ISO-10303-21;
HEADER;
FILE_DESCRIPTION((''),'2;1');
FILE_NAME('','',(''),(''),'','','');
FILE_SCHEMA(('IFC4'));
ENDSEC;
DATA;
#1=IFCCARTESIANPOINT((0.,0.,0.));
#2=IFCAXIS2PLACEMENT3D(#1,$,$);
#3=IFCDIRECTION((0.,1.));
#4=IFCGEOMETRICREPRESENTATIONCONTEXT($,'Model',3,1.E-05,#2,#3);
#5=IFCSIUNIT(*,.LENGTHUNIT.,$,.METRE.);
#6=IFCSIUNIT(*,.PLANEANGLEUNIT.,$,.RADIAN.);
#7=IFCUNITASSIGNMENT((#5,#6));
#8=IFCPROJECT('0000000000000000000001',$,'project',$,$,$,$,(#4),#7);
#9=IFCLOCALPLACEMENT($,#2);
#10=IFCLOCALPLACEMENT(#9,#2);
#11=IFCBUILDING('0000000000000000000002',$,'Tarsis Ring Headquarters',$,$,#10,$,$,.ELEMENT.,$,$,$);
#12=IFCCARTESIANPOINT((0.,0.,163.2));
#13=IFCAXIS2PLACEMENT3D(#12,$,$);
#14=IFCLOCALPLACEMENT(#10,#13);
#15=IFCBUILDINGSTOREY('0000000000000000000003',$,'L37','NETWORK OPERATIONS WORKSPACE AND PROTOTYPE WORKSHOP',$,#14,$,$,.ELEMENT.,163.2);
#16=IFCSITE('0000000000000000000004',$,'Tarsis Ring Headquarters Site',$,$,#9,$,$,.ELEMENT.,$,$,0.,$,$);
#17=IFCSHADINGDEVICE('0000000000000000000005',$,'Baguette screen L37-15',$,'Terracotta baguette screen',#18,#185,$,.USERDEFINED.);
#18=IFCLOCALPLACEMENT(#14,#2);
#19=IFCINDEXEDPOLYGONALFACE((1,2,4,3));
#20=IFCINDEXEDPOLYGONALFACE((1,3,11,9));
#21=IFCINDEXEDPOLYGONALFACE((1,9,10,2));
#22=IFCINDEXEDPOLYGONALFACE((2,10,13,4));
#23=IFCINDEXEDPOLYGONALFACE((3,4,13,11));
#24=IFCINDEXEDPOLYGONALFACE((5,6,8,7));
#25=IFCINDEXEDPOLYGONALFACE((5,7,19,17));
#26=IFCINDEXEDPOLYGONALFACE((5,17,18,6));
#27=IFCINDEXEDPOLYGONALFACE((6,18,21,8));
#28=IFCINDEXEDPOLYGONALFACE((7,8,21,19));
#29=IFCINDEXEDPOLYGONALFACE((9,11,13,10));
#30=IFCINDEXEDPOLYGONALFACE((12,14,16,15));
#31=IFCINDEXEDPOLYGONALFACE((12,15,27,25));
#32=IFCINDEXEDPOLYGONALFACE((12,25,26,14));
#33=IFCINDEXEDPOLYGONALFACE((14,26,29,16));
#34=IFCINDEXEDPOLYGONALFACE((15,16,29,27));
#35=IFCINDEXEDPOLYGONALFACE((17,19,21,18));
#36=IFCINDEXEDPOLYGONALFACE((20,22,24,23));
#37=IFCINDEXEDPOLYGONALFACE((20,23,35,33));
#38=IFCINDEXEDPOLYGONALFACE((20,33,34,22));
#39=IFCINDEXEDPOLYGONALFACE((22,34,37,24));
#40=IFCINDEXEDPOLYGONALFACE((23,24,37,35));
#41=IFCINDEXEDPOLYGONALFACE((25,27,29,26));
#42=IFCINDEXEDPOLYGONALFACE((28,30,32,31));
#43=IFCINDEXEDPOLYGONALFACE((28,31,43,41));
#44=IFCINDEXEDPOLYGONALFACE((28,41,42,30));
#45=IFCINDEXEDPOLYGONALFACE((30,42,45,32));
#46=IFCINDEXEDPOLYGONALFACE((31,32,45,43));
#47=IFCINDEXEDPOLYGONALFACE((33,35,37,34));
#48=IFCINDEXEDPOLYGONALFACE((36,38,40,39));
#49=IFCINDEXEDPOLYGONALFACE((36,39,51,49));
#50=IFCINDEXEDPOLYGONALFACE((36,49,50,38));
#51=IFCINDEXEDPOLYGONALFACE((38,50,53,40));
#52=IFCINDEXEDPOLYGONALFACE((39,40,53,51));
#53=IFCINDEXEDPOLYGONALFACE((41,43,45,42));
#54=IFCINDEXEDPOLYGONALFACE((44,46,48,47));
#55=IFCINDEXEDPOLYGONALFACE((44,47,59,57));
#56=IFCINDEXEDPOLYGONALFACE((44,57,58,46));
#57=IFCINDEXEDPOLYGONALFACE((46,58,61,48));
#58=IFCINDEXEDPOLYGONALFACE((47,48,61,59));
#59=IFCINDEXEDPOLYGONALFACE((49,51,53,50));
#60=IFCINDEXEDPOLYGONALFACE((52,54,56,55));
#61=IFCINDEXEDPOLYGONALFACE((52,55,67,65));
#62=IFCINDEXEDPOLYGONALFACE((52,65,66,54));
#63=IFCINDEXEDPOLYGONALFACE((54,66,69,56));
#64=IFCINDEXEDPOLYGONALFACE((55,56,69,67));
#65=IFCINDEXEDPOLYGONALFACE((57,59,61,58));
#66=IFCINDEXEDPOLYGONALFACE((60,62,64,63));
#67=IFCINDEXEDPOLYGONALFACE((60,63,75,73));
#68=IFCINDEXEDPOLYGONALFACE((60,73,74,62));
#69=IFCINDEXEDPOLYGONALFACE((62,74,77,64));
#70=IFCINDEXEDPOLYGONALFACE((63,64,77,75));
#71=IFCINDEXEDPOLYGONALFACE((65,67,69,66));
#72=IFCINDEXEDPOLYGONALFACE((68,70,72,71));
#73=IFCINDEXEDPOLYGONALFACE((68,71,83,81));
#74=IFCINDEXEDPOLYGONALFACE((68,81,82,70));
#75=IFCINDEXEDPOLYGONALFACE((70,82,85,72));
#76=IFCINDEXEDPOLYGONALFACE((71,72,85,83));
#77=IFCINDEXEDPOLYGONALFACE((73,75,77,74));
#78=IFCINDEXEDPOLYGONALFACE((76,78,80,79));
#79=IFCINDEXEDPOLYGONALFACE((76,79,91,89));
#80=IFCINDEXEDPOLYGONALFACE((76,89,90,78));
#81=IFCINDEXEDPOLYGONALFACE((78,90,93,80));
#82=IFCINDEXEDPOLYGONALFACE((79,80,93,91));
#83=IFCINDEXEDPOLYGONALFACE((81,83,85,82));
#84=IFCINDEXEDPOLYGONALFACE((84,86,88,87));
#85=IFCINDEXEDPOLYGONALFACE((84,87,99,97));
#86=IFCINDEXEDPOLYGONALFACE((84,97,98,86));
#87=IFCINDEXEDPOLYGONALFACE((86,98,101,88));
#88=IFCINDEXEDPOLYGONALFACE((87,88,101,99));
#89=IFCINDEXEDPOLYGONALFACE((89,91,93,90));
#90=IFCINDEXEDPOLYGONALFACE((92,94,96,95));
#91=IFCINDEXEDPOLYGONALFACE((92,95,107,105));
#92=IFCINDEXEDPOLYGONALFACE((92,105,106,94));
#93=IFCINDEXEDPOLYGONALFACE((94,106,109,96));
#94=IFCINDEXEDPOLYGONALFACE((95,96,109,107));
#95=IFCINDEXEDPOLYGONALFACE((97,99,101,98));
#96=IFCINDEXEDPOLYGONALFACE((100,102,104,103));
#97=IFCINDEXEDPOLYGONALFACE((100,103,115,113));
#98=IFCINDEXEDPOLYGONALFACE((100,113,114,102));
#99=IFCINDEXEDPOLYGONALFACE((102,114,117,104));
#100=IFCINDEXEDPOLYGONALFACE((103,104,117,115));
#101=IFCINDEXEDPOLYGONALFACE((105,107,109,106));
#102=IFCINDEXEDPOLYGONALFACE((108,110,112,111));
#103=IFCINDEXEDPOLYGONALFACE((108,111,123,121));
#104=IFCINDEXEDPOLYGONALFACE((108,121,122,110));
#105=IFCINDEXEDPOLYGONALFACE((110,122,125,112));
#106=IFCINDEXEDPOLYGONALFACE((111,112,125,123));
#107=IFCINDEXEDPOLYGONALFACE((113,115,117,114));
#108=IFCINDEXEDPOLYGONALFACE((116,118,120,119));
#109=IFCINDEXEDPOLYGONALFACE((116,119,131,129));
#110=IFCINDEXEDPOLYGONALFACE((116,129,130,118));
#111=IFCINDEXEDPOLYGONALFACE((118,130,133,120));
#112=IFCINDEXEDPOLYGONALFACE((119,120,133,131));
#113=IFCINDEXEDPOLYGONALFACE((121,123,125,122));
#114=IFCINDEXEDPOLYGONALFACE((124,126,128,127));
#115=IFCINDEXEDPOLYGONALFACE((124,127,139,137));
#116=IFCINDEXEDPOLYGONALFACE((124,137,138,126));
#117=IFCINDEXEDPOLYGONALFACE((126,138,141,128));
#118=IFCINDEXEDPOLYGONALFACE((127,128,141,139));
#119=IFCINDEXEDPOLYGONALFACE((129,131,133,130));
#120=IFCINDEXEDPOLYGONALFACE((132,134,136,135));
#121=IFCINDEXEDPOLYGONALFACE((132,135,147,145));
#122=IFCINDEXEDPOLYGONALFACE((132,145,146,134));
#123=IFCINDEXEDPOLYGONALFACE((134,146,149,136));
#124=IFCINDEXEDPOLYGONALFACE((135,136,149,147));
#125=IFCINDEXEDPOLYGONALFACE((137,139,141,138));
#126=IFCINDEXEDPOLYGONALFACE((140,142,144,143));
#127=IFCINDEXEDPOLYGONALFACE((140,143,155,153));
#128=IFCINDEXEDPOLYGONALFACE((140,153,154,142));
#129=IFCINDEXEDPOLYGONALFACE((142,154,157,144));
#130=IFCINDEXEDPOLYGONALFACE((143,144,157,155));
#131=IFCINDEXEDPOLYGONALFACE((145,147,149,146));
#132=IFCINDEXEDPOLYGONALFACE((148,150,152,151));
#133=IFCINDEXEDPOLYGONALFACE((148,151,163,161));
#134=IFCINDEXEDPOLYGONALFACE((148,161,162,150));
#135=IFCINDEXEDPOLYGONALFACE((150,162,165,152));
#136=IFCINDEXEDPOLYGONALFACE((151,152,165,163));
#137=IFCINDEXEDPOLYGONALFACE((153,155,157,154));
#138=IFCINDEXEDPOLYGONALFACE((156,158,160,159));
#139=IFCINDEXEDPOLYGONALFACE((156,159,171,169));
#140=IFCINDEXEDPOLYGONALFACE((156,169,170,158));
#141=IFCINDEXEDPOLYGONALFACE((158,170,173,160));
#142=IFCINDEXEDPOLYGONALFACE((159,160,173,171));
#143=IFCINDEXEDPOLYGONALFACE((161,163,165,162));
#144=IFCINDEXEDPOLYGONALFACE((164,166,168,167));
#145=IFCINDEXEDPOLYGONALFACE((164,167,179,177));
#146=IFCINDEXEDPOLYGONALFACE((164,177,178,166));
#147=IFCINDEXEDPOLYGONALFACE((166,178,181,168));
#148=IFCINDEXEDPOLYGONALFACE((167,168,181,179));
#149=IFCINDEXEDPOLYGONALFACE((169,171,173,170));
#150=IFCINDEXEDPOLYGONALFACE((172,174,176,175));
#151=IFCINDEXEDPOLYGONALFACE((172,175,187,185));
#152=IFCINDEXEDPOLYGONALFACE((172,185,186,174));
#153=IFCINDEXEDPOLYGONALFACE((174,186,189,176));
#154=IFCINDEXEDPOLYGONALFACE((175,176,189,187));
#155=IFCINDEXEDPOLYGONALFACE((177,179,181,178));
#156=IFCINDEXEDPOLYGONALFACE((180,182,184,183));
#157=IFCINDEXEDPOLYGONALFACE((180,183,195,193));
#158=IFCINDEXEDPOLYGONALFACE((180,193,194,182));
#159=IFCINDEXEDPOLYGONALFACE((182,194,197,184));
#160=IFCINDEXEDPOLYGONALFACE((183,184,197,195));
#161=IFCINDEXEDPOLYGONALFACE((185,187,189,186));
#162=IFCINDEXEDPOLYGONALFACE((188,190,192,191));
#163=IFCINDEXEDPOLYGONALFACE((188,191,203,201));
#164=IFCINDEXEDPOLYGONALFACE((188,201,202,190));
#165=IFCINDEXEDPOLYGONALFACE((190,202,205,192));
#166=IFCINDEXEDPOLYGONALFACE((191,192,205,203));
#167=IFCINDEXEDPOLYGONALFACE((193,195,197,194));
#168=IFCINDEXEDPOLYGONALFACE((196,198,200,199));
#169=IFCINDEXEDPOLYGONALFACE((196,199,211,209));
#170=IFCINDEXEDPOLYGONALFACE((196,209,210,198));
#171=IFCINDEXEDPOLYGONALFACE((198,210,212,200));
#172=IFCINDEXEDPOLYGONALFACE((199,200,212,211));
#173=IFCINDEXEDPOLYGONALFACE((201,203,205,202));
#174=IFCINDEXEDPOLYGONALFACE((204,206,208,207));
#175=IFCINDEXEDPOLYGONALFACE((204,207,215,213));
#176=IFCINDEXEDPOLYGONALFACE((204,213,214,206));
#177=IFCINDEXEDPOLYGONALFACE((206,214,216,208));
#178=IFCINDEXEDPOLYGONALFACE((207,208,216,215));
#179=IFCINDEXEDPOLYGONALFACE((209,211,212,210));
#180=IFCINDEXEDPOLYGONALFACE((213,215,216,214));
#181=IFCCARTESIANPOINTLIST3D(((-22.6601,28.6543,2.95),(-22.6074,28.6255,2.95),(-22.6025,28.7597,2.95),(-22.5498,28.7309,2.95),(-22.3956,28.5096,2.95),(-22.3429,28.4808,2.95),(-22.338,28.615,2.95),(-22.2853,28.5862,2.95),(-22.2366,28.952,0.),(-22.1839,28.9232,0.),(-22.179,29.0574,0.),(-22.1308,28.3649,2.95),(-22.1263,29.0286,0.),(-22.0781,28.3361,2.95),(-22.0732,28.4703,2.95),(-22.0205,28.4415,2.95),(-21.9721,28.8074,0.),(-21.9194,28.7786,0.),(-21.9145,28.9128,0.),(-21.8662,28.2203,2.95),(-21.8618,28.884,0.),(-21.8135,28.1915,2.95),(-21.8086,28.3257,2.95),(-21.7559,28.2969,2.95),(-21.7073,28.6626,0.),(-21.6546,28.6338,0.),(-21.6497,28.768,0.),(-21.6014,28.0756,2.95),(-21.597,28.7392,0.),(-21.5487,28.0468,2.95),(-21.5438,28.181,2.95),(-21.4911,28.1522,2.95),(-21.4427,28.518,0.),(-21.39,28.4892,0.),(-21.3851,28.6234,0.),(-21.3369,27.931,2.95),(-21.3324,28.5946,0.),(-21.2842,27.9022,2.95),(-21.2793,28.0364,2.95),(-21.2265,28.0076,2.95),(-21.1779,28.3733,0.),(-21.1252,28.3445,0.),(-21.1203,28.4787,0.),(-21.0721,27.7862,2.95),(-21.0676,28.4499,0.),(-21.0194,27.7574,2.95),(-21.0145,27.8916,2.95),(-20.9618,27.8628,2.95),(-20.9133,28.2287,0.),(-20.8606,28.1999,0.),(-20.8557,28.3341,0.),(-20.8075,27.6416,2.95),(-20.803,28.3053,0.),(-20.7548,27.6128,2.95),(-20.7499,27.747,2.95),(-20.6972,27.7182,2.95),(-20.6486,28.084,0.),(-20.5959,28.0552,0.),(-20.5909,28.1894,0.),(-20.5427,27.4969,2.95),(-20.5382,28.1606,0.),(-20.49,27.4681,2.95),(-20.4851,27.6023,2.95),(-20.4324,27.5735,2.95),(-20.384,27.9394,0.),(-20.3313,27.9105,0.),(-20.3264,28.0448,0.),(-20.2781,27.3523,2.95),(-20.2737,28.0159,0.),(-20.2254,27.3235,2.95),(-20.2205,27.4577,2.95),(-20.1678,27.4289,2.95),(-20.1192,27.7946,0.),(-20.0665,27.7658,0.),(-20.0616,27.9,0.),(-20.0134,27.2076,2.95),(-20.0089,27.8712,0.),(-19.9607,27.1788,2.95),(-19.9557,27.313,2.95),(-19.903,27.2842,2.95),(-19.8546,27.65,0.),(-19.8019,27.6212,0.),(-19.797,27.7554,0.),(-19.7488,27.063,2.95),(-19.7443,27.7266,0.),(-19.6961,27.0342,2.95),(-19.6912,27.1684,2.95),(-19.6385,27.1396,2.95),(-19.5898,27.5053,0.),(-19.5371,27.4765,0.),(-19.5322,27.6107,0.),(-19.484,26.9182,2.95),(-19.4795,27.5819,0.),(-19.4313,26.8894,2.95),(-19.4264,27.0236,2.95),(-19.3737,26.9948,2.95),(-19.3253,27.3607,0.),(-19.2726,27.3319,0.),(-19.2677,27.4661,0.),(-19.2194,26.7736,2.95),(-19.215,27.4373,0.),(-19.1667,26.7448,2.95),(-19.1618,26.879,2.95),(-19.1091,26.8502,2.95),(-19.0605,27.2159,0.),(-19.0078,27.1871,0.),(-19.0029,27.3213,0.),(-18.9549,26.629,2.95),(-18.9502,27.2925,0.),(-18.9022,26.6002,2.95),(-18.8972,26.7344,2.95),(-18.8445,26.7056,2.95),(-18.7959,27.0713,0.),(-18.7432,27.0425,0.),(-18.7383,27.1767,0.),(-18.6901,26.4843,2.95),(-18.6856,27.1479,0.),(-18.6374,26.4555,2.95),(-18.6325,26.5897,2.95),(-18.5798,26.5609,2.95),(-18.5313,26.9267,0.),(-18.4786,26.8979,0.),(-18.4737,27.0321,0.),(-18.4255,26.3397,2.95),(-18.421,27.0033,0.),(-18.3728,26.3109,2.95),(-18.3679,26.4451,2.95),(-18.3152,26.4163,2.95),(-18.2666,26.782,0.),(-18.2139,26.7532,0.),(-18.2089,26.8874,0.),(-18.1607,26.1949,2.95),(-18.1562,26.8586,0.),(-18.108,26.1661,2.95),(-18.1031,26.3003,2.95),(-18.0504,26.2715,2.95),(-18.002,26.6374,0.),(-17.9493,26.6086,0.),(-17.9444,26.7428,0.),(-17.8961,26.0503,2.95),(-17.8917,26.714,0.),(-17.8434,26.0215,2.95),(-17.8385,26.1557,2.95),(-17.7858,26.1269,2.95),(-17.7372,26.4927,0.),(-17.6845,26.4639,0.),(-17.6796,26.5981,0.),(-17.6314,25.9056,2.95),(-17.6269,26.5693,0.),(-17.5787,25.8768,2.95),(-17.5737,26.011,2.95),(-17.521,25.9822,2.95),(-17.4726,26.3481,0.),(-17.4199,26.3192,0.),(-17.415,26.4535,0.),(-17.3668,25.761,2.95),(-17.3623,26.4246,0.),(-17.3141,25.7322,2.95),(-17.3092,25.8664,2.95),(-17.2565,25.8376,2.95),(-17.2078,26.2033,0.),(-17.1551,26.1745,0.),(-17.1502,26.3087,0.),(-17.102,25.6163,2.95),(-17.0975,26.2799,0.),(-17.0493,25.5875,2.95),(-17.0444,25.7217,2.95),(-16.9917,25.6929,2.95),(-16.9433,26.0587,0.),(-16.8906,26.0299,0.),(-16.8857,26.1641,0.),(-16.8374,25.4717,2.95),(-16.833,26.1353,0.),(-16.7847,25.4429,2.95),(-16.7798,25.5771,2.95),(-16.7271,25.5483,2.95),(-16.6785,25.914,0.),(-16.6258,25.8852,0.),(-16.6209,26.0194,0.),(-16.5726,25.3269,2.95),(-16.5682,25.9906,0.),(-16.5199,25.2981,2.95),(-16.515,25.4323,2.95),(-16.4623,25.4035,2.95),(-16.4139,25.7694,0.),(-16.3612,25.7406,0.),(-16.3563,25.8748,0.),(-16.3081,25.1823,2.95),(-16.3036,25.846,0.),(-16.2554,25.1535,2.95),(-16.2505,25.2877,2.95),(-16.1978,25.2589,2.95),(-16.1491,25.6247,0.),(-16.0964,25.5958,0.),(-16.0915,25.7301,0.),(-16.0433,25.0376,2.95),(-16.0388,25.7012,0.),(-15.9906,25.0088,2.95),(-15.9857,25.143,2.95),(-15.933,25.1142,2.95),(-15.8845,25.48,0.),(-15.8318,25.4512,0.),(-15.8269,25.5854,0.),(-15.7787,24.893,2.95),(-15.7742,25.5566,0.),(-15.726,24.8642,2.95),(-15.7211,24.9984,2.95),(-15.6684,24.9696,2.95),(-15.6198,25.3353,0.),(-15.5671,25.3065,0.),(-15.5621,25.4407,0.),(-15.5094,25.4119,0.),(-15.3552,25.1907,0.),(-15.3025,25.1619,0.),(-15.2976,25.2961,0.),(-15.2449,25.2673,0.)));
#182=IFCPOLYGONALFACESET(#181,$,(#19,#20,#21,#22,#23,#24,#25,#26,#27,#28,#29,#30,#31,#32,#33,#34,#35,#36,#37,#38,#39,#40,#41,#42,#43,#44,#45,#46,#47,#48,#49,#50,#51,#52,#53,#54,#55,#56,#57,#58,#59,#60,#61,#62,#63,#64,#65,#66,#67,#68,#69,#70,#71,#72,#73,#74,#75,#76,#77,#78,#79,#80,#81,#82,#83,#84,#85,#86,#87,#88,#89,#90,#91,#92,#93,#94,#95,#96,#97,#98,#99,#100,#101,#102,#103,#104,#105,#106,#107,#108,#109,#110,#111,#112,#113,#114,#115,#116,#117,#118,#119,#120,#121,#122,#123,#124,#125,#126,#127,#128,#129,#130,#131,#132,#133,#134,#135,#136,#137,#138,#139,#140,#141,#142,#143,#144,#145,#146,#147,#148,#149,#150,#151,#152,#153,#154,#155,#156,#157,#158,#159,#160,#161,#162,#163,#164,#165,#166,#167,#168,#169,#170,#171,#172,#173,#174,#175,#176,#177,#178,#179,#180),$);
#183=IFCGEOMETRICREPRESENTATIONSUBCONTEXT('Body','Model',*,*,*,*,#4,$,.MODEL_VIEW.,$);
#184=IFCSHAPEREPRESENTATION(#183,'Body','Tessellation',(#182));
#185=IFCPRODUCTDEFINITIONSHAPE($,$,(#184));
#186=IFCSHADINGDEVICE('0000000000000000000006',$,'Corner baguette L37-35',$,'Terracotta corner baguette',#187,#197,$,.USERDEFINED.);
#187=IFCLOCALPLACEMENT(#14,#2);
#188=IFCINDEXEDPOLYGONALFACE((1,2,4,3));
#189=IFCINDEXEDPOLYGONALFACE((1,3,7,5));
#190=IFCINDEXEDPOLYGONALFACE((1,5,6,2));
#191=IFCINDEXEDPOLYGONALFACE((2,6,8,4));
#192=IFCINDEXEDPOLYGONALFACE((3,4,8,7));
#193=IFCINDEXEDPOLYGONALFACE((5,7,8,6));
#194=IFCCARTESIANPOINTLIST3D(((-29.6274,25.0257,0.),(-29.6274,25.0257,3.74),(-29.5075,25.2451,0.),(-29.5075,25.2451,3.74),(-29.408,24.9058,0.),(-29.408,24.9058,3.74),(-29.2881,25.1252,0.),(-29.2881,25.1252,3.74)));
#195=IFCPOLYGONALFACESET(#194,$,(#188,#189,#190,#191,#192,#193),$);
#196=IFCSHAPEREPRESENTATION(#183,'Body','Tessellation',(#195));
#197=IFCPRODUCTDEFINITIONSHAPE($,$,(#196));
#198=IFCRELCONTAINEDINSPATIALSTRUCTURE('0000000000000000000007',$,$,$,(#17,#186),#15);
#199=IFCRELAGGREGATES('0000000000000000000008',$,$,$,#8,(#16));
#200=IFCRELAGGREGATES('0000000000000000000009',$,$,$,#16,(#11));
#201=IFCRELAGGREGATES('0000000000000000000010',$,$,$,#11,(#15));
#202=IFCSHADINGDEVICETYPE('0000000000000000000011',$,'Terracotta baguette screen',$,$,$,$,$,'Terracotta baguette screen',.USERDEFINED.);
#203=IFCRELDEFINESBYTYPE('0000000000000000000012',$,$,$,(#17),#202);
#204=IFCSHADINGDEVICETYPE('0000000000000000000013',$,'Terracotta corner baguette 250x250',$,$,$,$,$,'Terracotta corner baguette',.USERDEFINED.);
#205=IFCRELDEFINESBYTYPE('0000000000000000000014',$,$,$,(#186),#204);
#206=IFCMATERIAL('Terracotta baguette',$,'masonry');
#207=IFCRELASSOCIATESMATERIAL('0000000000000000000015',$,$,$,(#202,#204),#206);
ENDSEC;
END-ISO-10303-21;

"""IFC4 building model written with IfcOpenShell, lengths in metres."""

from ifc_helpers import new_model, si_unit, direction, frame, frame_2d, origin, origin_2d, place, context, subcontext, project, spatial, rectangle, composite_profile, extrude, material, type_object, element, save


model = new_model("IFC4")

# Units and contexts
model_context = context("Model", 3, precision=1e-05, world=origin(), true_north=direction((0.0, 1.0)))
body_context = subcontext(model_context, "Body", "Model", "MODEL_VIEW")
ifc_project = project(units=[si_unit("LENGTHUNIT", "METRE"), si_unit("PLANEANGLEUNIT", "RADIAN")], contexts=[model_context])

# Site, building, storey
site_placement = place(None, origin())
site = spatial("IfcSite", under=ifc_project, at=site_placement, Name="Tarsis Ring Headquarters Site", CompositionType="ELEMENT", RefElevation=0.0)
building_placement = place(site_placement, origin())
building = spatial("IfcBuilding", under=site, at=building_placement, Name="Tarsis Ring Headquarters", CompositionType="ELEMENT")
storey_placement = place(building_placement, frame((0.0, 0.0, 163.2)))
storey = spatial("IfcBuildingStorey", under=building, at=storey_placement, Name="L37", Description="NETWORK OPERATIONS WORKSPACE AND PROTOTYPE WORKSHOP", CompositionType="ELEMENT", Elevation=163.2)

# Shading devices
ifc_material_1 = material(Name="Terracotta baguette", Category="masonry")
shading_device_type_1 = type_object("IfcShadingDeviceType", Name="Terracotta baguette screen", ElementType="Terracotta baguette screen", PredefinedType="USERDEFINED", material=ifc_material_1)
shading_device_1_placement = place(storey_placement, frame((-15.2737, 25.2146, 0.0), z_axis=(0.0, 0.0, 1.0), x_axis=(-0.877472, 0.479609, 0.0)))
element("IfcShadingDevice", 1, at=shading_device_1_placement, inside=storey, type_object=shading_device_type_1, Name="Baguette screen L37-15", ObjectType="Terracotta baguette screen", PredefinedType="USERDEFINED", context=body_context, shape_type="SweptSolid", body=[
    extrude(composite_profile([rectangle(XDim=0.0601, YDim=0.1201, at=frame_2d((0.03, 0.0))), rectangle(XDim=0.0601, YDim=0.1201, at=frame_2d((0.3315, 0.0))), rectangle(XDim=0.0601, YDim=0.1201, at=frame_2d((0.6333, 0.0))), rectangle(XDim=0.0601, YDim=0.1201, at=frame_2d((0.9348, 0.0))), rectangle(XDim=0.0601, YDim=0.1201, at=frame_2d((1.2366, 0.0))), rectangle(XDim=0.0601, YDim=0.1201, at=frame_2d((1.5381, 0.0))), rectangle(XDim=0.0601, YDim=0.1201, at=frame_2d((1.8398, 0.0))), rectangle(XDim=0.0601, YDim=0.1201, at=frame_2d((2.1414, 0.0))), rectangle(XDim=0.0601, YDim=0.1201, at=frame_2d((2.4431, 0.0))), rectangle(XDim=0.0601, YDim=0.1201, at=frame_2d((2.7446, 0.0))), rectangle(XDim=0.0601, YDim=0.1201, at=frame_2d((3.0464, 0.0))), rectangle(XDim=0.0601, YDim=0.1201, at=frame_2d((3.3479, 0.0))), rectangle(XDim=0.0601, YDim=0.1201, at=frame_2d((3.6497, 0.0))), rectangle(XDim=0.0601, YDim=0.1201, at=frame_2d((3.9512, 0.0))), rectangle(XDim=0.0601, YDim=0.1201, at=frame_2d((4.2527, 0.0))), rectangle(XDim=0.0601, YDim=0.1201, at=frame_2d((4.5544, 0.0))), rectangle(XDim=0.0601, YDim=0.1201, at=frame_2d((4.856, 0.0))), rectangle(XDim=0.0601, YDim=0.1201, at=frame_2d((5.1577, 0.0))), rectangle(XDim=0.0601, YDim=0.1201, at=frame_2d((5.4592, 0.0))), rectangle(XDim=0.0601, YDim=0.1201, at=frame_2d((5.761, 0.0))), rectangle(XDim=0.0601, YDim=0.1201, at=frame_2d((6.0625, 0.0))), rectangle(XDim=0.0601, YDim=0.1201, at=frame_2d((6.3643, 0.0))), rectangle(XDim=0.0601, YDim=0.1201, at=frame_2d((6.6658, 0.0))), rectangle(XDim=0.0601, YDim=0.1201, at=frame_2d((6.9675, 0.0))), rectangle(XDim=0.0601, YDim=0.1201, at=frame_2d((7.269, 0.0))), rectangle(XDim=0.0601, YDim=0.1201, at=frame_2d((7.5708, 0.0))), rectangle(XDim=0.0601, YDim=0.1201, at=frame_2d((7.8723, 0.0)))]), origin(), (0.076404, 0.15504, 0.984949), 2.9951),
])
shading_device_type_2 = type_object("IfcShadingDeviceType", Name="Terracotta corner baguette 250x250", ElementType="Terracotta corner baguette", PredefinedType="USERDEFINED", material=ifc_material_1)
shading_device_2_placement = place(storey_placement, frame((-29.4578, 25.0754, 0.0), z_axis=(0.0, 0.0, 1.0), x_axis=(-0.479611, -0.877481, 0.0)))
element("IfcShadingDevice", 2, at=shading_device_2_placement, inside=storey, type_object=shading_device_type_2, Name="Corner baguette L37-35", ObjectType="Terracotta corner baguette", PredefinedType="USERDEFINED", context=body_context, shape_type="SweptSolid", body=[
    extrude(rectangle(XDim=0.25, YDim=0.25, at=origin_2d()), origin(), (0.0, 0.0, 1.0), 3.74),
])

save(model, "model.ifc")
